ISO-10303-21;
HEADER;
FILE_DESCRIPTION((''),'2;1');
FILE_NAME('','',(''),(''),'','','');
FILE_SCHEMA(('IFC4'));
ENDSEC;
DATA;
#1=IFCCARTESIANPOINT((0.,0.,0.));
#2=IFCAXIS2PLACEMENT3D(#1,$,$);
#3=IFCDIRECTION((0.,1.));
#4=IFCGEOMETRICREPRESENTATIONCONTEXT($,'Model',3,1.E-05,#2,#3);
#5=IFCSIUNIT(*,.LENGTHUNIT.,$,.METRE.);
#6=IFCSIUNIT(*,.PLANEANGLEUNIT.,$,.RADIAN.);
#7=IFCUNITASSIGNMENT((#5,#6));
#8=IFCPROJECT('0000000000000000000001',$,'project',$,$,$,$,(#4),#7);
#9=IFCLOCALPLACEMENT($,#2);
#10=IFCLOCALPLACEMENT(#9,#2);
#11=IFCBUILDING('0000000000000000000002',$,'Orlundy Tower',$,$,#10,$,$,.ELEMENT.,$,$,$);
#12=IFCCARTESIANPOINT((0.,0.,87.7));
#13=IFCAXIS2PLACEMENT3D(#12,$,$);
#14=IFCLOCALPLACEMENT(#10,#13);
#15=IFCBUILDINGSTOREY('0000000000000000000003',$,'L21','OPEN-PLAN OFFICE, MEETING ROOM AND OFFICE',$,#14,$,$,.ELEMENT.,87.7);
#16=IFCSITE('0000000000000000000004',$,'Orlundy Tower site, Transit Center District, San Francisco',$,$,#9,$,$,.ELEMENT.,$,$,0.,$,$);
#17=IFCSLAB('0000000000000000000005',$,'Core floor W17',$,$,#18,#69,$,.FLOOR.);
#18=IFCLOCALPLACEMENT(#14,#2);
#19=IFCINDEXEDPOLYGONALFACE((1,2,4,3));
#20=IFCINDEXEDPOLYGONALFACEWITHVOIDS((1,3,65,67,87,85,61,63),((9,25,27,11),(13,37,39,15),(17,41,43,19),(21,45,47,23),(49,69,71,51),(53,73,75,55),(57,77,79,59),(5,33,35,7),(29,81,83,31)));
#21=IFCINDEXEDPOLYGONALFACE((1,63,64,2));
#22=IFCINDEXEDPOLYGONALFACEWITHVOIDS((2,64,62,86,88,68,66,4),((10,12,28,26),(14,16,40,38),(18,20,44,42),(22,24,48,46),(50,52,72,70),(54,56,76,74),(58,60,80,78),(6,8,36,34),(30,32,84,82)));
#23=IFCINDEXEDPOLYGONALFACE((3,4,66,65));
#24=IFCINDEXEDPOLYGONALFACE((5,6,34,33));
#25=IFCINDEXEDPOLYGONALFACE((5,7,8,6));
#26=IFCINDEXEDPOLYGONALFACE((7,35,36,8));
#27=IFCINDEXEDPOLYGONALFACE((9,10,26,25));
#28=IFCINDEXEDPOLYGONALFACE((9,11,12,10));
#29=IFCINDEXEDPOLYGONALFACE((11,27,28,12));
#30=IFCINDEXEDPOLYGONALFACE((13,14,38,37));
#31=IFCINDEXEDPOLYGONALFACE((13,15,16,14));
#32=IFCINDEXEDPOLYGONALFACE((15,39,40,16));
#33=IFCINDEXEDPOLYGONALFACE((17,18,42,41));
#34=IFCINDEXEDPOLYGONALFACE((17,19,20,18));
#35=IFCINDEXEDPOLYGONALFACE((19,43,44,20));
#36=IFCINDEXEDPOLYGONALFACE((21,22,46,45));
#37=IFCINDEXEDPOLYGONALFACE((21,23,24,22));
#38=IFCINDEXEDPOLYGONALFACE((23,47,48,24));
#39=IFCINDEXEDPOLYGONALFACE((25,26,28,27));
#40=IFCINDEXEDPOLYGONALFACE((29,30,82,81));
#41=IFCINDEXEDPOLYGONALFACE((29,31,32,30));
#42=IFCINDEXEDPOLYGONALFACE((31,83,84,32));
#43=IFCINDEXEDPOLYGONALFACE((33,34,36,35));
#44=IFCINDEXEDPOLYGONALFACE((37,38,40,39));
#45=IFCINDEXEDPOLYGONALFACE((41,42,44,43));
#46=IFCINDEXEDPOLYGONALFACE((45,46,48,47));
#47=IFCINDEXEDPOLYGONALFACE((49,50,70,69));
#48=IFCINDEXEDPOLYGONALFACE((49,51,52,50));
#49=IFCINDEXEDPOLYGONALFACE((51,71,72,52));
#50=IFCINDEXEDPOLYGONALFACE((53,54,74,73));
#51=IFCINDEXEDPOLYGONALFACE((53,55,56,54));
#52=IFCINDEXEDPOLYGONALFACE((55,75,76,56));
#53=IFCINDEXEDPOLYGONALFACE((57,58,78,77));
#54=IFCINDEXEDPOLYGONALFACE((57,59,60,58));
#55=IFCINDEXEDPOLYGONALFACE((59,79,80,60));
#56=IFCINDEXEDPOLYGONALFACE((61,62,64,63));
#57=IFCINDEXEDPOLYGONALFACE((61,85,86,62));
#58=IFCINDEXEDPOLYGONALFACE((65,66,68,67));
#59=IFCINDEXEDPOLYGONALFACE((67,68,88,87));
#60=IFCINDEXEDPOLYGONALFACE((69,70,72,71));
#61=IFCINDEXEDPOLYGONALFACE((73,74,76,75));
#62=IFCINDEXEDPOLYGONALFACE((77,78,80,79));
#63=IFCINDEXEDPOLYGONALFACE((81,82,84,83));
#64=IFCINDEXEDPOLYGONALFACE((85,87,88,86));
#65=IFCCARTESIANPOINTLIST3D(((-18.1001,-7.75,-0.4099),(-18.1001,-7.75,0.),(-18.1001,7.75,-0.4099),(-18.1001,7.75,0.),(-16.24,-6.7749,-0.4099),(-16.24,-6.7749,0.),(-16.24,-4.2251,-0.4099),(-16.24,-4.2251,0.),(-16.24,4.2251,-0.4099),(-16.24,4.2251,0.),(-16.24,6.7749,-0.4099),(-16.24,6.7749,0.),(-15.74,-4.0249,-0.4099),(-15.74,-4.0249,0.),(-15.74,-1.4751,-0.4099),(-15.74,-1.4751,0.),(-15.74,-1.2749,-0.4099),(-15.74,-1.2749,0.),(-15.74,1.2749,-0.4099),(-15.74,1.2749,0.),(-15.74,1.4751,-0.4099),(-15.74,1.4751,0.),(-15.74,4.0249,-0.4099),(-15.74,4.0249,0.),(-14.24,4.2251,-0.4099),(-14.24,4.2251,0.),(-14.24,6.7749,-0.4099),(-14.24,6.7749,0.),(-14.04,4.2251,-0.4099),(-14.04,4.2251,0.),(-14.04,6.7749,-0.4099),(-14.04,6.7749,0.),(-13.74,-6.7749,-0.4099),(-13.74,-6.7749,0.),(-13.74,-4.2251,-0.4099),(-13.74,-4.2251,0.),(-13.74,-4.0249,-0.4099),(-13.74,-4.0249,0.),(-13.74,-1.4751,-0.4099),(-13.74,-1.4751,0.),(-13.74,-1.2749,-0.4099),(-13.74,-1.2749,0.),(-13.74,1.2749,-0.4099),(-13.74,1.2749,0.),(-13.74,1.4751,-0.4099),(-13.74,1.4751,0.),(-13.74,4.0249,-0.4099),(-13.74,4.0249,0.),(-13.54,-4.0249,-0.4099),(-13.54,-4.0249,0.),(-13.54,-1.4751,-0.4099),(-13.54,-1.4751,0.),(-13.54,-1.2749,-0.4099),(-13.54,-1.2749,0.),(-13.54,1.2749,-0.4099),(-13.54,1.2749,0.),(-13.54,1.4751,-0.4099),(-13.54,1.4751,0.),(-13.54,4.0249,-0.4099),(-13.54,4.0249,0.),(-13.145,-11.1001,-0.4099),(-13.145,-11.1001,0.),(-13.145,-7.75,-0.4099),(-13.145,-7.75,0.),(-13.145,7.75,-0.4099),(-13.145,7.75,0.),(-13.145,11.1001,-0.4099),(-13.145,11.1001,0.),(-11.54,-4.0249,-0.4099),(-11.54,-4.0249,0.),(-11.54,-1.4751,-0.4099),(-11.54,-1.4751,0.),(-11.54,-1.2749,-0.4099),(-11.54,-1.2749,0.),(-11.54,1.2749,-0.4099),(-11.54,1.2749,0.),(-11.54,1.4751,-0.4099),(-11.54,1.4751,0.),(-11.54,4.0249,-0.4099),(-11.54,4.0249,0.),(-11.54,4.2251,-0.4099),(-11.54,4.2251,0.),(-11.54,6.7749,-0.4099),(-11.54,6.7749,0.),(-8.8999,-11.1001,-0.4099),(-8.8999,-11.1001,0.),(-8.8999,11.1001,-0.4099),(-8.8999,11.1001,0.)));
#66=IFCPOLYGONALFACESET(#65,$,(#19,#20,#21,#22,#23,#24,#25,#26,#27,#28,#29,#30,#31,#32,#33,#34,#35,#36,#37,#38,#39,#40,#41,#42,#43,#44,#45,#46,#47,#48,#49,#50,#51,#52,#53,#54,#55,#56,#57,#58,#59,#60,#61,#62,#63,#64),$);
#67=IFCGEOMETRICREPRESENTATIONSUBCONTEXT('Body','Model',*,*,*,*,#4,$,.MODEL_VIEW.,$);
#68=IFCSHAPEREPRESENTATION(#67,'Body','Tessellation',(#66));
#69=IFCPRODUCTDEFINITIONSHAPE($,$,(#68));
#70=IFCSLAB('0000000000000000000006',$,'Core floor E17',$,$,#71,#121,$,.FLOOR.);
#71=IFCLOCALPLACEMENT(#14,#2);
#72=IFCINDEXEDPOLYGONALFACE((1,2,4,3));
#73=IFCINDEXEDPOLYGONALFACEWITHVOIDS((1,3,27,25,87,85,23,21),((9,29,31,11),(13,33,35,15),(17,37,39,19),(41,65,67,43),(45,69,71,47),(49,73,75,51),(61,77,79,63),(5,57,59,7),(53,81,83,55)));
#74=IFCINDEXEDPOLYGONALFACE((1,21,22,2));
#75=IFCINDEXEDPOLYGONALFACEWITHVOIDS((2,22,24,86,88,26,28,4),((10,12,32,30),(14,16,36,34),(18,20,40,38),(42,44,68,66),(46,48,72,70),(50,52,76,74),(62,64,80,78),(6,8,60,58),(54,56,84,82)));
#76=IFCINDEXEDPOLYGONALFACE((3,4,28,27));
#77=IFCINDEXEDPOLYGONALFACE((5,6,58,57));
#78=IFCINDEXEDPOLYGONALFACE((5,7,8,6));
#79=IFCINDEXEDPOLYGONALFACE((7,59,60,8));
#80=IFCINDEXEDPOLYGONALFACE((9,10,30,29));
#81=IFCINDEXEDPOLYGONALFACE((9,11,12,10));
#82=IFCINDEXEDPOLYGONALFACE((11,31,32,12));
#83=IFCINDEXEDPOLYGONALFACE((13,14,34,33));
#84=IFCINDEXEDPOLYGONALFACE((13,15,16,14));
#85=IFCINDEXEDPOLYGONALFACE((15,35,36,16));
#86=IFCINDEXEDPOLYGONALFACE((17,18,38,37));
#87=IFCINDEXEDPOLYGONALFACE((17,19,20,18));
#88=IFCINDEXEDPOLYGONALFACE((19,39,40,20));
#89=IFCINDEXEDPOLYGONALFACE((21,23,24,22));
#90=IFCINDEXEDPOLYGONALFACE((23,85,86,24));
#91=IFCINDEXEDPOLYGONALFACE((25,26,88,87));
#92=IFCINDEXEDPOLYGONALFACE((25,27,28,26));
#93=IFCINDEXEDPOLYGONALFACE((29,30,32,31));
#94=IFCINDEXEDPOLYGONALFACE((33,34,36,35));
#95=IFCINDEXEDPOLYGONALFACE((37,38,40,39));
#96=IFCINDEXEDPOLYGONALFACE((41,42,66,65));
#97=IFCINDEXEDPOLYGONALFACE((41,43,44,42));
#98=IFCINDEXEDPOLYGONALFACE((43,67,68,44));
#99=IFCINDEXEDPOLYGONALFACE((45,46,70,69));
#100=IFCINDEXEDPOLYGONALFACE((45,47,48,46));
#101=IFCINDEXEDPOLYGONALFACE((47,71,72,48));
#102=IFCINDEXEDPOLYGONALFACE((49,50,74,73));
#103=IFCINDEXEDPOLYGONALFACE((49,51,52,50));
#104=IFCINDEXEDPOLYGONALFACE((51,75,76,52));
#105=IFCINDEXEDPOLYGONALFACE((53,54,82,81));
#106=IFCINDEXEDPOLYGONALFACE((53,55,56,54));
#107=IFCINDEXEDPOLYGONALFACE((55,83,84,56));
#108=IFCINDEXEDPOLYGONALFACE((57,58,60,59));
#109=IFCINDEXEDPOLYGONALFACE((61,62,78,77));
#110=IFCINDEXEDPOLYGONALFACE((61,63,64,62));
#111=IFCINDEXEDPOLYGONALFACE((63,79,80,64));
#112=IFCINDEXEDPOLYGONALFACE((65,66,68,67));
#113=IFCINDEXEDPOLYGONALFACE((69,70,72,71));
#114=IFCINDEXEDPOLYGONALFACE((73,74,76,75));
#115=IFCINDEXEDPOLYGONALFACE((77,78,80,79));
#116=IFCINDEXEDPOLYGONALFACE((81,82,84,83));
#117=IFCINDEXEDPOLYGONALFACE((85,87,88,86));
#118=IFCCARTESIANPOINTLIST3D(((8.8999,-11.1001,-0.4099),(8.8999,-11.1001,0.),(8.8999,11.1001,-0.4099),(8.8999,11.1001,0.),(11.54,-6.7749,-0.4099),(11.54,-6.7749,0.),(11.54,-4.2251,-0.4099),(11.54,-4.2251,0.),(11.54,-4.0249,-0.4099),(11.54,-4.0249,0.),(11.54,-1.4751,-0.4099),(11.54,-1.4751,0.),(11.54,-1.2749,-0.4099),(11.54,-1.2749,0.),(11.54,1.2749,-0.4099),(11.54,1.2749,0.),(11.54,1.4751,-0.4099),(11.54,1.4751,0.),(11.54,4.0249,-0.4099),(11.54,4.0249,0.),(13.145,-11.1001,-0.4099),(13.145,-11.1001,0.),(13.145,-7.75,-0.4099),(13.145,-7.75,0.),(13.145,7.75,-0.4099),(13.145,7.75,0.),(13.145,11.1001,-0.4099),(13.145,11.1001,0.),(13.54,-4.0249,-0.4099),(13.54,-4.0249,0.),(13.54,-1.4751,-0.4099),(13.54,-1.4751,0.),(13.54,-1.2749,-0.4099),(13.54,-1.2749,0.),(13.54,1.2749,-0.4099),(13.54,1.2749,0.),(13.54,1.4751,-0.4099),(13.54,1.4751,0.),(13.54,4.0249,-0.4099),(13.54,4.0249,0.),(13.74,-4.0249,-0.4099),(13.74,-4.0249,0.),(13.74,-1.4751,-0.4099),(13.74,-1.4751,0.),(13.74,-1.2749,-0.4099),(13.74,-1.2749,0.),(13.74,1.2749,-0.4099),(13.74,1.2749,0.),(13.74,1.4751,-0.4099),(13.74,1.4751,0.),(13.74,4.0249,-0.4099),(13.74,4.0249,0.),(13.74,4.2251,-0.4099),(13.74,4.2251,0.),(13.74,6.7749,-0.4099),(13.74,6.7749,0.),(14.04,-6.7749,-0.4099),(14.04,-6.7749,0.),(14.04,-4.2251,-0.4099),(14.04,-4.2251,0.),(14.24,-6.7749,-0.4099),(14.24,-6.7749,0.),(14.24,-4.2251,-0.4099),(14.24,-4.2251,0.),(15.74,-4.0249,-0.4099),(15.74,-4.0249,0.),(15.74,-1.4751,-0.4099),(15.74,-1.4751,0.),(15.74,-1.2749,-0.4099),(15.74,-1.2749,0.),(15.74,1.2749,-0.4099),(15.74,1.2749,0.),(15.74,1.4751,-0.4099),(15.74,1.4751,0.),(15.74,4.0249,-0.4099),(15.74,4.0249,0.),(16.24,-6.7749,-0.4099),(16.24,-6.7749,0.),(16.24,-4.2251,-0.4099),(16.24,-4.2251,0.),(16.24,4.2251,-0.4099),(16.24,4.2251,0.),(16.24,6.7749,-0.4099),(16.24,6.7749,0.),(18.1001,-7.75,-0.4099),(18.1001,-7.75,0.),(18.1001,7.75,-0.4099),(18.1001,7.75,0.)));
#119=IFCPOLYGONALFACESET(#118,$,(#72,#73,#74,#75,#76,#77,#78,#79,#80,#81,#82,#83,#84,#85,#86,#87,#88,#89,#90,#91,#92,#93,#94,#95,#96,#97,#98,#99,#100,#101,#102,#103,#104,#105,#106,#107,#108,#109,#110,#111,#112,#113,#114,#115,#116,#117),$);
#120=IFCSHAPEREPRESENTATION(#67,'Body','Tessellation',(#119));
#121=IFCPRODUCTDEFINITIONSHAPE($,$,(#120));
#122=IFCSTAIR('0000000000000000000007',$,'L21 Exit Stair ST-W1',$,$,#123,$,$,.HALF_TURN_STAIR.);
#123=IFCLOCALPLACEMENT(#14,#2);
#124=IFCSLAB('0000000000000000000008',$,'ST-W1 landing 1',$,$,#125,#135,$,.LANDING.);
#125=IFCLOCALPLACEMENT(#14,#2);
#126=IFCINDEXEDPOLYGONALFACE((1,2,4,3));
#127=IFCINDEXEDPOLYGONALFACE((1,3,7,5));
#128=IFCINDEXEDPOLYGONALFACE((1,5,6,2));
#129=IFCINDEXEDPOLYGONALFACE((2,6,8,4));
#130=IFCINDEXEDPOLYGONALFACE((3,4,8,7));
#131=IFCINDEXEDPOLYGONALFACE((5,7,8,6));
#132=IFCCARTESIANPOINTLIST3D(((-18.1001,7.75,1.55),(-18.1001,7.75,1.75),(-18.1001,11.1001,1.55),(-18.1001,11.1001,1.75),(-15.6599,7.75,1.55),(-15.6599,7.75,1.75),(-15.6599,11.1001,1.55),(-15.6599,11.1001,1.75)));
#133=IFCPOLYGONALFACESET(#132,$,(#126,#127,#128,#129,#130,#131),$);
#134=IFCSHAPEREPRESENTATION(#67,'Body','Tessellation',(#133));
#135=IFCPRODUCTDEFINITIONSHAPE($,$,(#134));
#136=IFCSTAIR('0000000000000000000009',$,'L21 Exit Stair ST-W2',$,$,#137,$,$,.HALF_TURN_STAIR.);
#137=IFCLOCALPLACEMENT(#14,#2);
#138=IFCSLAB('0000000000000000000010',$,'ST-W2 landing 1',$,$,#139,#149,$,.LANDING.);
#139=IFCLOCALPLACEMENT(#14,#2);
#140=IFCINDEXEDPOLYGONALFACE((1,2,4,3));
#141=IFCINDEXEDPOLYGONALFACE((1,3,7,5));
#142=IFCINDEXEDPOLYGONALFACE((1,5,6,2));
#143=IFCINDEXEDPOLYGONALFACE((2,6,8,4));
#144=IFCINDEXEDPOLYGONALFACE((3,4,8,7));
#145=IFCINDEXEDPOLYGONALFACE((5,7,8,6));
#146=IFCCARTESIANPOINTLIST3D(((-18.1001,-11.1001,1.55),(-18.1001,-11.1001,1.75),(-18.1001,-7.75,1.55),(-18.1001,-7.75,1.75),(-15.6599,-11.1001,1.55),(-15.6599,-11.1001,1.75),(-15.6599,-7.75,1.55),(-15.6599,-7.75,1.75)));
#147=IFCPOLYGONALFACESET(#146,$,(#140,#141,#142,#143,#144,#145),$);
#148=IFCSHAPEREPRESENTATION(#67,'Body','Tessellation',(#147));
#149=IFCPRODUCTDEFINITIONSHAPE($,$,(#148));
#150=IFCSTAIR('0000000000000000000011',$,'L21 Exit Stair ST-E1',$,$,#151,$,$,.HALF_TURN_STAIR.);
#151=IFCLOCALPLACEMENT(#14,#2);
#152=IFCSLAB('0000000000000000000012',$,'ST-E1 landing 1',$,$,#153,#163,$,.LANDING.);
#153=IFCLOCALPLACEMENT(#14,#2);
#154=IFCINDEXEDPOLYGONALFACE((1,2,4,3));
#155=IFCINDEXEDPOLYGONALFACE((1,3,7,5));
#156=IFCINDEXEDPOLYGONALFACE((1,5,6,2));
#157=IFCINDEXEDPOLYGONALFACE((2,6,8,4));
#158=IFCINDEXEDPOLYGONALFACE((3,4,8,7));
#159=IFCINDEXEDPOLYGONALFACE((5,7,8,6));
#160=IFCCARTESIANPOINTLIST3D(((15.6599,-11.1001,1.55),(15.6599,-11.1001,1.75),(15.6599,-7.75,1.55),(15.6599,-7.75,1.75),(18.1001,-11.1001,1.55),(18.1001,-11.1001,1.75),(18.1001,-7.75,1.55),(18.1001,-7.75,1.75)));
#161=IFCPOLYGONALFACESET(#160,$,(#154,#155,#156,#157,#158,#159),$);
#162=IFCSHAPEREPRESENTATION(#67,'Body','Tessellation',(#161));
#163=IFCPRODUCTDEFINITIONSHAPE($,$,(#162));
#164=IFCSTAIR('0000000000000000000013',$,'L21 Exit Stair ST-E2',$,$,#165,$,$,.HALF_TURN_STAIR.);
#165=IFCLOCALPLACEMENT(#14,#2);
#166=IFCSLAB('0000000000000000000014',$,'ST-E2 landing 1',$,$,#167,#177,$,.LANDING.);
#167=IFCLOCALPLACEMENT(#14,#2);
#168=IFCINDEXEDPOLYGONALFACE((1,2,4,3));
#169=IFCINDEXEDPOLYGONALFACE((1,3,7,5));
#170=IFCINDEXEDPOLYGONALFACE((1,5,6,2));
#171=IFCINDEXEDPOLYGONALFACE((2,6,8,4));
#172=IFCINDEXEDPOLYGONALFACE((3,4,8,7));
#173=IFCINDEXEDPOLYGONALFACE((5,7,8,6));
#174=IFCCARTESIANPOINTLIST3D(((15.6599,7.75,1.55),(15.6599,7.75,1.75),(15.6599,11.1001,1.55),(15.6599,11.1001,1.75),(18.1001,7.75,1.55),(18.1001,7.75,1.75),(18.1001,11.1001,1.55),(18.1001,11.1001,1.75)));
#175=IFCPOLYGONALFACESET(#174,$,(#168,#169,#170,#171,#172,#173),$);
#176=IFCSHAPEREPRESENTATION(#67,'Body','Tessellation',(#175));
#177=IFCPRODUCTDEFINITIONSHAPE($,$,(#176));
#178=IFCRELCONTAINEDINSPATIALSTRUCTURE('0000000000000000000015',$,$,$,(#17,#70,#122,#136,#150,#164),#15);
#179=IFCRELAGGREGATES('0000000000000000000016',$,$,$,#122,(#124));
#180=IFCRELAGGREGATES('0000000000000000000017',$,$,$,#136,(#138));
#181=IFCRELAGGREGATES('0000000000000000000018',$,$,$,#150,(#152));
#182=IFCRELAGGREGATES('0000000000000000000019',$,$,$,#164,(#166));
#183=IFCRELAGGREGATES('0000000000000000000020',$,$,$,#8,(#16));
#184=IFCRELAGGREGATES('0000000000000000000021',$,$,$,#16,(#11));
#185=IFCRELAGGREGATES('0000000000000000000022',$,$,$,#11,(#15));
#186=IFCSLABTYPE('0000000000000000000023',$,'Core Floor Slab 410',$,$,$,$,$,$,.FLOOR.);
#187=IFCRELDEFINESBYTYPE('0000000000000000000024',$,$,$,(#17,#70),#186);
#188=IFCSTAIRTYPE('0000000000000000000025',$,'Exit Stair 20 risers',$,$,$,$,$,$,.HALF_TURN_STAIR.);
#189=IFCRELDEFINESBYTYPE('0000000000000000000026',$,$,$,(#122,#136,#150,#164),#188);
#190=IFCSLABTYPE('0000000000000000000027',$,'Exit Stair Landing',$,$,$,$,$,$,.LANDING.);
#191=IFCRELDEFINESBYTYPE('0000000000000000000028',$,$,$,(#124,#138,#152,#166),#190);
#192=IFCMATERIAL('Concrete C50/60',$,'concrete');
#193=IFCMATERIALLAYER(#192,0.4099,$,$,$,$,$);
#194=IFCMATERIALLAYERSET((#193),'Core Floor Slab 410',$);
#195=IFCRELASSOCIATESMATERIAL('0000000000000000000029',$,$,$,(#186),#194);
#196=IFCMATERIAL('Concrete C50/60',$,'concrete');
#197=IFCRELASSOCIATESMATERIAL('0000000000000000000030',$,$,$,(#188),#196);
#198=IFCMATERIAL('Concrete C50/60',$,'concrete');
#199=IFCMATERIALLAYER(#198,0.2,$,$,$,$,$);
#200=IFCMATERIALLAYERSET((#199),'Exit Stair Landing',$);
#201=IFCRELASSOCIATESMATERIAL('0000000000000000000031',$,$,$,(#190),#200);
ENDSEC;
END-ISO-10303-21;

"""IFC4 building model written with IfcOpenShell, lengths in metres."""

from ifc_helpers import new_model, si_unit, direction, frame, origin, place, context, subcontext, project, spatial, polyline, outline, extrude, material, layer, layer_set, type_object, element, aggregate, save


model = new_model("IFC4")

# Units and contexts
model_context = context("Model", 3, precision=1e-05, world=origin(), true_north=direction((0.0, 1.0)))
body_context = subcontext(model_context, "Body", "Model", "MODEL_VIEW")
ifc_project = project(units=[si_unit("LENGTHUNIT", "METRE"), si_unit("PLANEANGLEUNIT", "RADIAN")], contexts=[model_context])

# Site, building, storey
site_placement = place(None, origin())
site = spatial("IfcSite", under=ifc_project, at=site_placement, Name="Orlundy Tower site, Transit Center District, San Francisco", CompositionType="ELEMENT", RefElevation=0.0)
building_placement = place(site_placement, origin())
building = spatial("IfcBuilding", under=site, at=building_placement, Name="Orlundy Tower", CompositionType="ELEMENT")
storey_placement = place(building_placement, frame((0.0, 0.0, 87.7)))
storey = spatial("IfcBuildingStorey", under=building, at=storey_placement, Name="L21", Description="OPEN-PLAN OFFICE, MEETING ROOM AND OFFICE", CompositionType="ELEMENT", Elevation=87.7)

# Slabs
ifc_material_1 = material(Name="Concrete C50/60", Category="concrete")
ifc_layer_1 = layer(ifc_material_1, 0.4099)
ifc_layer_set_1 = layer_set([ifc_layer_1], Name="Core Floor Slab 410")
slab_type_1 = type_object("IfcSlabType", Name="Core Floor Slab 410", PredefinedType="FLOOR", material=ifc_layer_set_1)
slab_1_placement = place(storey_placement, frame((0.0, 0.0, -0.4099)))
element("IfcSlab", 1, at=slab_1_placement, inside=storey, type_object=slab_type_1, Name="Core floor W17", PredefinedType="FLOOR", context=body_context, shape_type="SweptSolid", body=[
    extrude(outline(polyline([(-13.145, 7.75), (-13.145, 11.1001), (-8.8999, 11.1001), (-8.8999, -11.1001), (-13.145, -11.1001), (-13.145, -7.75), (-18.1001, -7.75), (-18.1001, 7.75), (-13.145, 7.75)]), holes=[polyline([(-16.24, -6.7749), (-13.74, -6.7749), (-13.74, -4.2251), (-16.24, -4.2251), (-16.24, -6.7749)]), polyline([(-13.54, -1.4751), (-13.54, -4.0249), (-11.54, -4.0249), (-11.54, -1.4751), (-13.54, -1.4751)]), polyline([(-13.74, -1.4751), (-15.74, -1.4751), (-15.74, -4.0249), (-13.74, -4.0249), (-13.74, -1.4751)]), polyline([(-11.54, -1.2749), (-11.54, 1.2749), (-13.54, 1.2749), (-13.54, -1.2749), (-11.54, -1.2749)]), polyline([(-15.74, -1.2749), (-13.74, -1.2749), (-13.74, 1.2749), (-15.74, 1.2749), (-15.74, -1.2749)]), polyline([(-13.54, 4.0249), (-13.54, 1.4751), (-11.54, 1.4751), (-11.54, 4.0249), (-13.54, 4.0249)]), polyline([(-13.74, 4.0249), (-15.74, 4.0249), (-15.74, 1.4751), (-13.74, 1.4751), (-13.74, 4.0249)]), polyline([(-11.54, 4.2251), (-11.54, 6.7749), (-14.04, 6.7749), (-14.04, 4.2251), (-11.54, 4.2251)]), polyline([(-16.24, 4.2251), (-14.24, 4.2251), (-14.24, 6.7749), (-16.24, 6.7749), (-16.24, 4.2251)])]), origin(), (0.0, 0.0, 1.0), 0.4099),
])
slab_2_placement = place(storey_placement, frame((0.0, 0.0, -0.4099)))
element("IfcSlab", 2, at=slab_2_placement, inside=storey, type_object=slab_type_1, Name="Core floor E17", PredefinedType="FLOOR", context=body_context, shape_type="SweptSolid", body=[
    extrude(outline(polyline([(13.145, -7.75), (13.145, -11.1001), (8.8999, -11.1001), (8.8999, 11.1001), (13.145, 11.1001), (13.145, 7.75), (18.1001, 7.75), (18.1001, -7.75), (13.145, -7.75)]), holes=[polyline([(16.24, 6.7749), (13.74, 6.7749), (13.74, 4.2251), (16.24, 4.2251), (16.24, 6.7749)]), polyline([(13.54, 1.4751), (13.54, 4.0249), (11.54, 4.0249), (11.54, 1.4751), (13.54, 1.4751)]), polyline([(13.74, 1.4751), (15.74, 1.4751), (15.74, 4.0249), (13.74, 4.0249), (13.74, 1.4751)]), polyline([(11.54, 1.2749), (11.54, -1.2749), (13.54, -1.2749), (13.54, 1.2749), (11.54, 1.2749)]), polyline([(15.74, 1.2749), (13.74, 1.2749), (13.74, -1.2749), (15.74, -1.2749), (15.74, 1.2749)]), polyline([(13.54, -4.0249), (13.54, -1.4751), (11.54, -1.4751), (11.54, -4.0249), (13.54, -4.0249)]), polyline([(13.74, -4.0249), (15.74, -4.0249), (15.74, -1.4751), (13.74, -1.4751), (13.74, -4.0249)]), polyline([(11.54, -4.2251), (11.54, -6.7749), (14.04, -6.7749), (14.04, -4.2251), (11.54, -4.2251)]), polyline([(16.24, -4.2251), (14.24, -4.2251), (14.24, -6.7749), (16.24, -6.7749), (16.24, -4.2251)])]), origin(), (0.0, 0.0, 1.0), 0.4099),
])

# Stairs, slabs
ifc_material_2 = material(Name="Concrete C50/60", Category="concrete")
stair_type = type_object("IfcStairType", Name="Exit Stair 20 risers", PredefinedType="HALF_TURN_STAIR", material=ifc_material_2)
stair_1_placement = place(storey_placement, origin())
stair_1 = element("IfcStair", 3, at=stair_1_placement, inside=storey, type_object=stair_type, Name="L21 Exit Stair ST-W1", PredefinedType="HALF_TURN_STAIR")
ifc_material_3 = material(Name="Concrete C50/60", Category="concrete")
ifc_layer_2 = layer(ifc_material_3, 0.2)
ifc_layer_set_2 = layer_set([ifc_layer_2], Name="Exit Stair Landing")
slab_type_2 = type_object("IfcSlabType", Name="Exit Stair Landing", PredefinedType="LANDING", material=ifc_layer_set_2)
slab_3_placement = place(storey_placement, frame((0.0, 0.0, 1.55)))
slab_3 = element("IfcSlab", 4, at=slab_3_placement, type_object=slab_type_2, Name="ST-W1 landing 1", PredefinedType="LANDING", context=body_context, shape_type="SweptSolid", body=[
    extrude(outline(polyline([(-15.6599, 11.1001), (-18.1001, 11.1001), (-18.1001, 7.75), (-15.6599, 7.75), (-15.6599, 11.1001)])), origin(), (0.0, 0.0, 1.0), 0.2),
])
aggregate(stair_1, [slab_3])
stair_2_placement = place(storey_placement, origin())
stair_2 = element("IfcStair", 5, at=stair_2_placement, inside=storey, type_object=stair_type, Name="L21 Exit Stair ST-W2", PredefinedType="HALF_TURN_STAIR")
slab_4_placement = place(storey_placement, frame((0.0, 0.0, 1.55)))
slab_4 = element("IfcSlab", 6, at=slab_4_placement, type_object=slab_type_2, Name="ST-W2 landing 1", PredefinedType="LANDING", context=body_context, shape_type="SweptSolid", body=[
    extrude(outline(polyline([(-15.6599, -7.75), (-18.1001, -7.75), (-18.1001, -11.1001), (-15.6599, -11.1001), (-15.6599, -7.75)])), origin(), (0.0, 0.0, 1.0), 0.2),
])
aggregate(stair_2, [slab_4])
stair_3_placement = place(storey_placement, origin())
stair_3 = element("IfcStair", 7, at=stair_3_placement, inside=storey, type_object=stair_type, Name="L21 Exit Stair ST-E1", PredefinedType="HALF_TURN_STAIR")
slab_5_placement = place(storey_placement, frame((0.0, 0.0, 1.55)))
slab_5 = element("IfcSlab", 8, at=slab_5_placement, type_object=slab_type_2, Name="ST-E1 landing 1", PredefinedType="LANDING", context=body_context, shape_type="SweptSolid", body=[
    extrude(outline(polyline([(15.6599, -11.1001), (18.1001, -11.1001), (18.1001, -7.75), (15.6599, -7.75), (15.6599, -11.1001)])), origin(), (0.0, 0.0, 1.0), 0.2),
])
aggregate(stair_3, [slab_5])
stair_4_placement = place(storey_placement, origin())
stair_4 = element("IfcStair", 9, at=stair_4_placement, inside=storey, type_object=stair_type, Name="L21 Exit Stair ST-E2", PredefinedType="HALF_TURN_STAIR")
slab_6_placement = place(storey_placement, frame((0.0, 0.0, 1.55)))
slab_6 = element("IfcSlab", 10, at=slab_6_placement, type_object=slab_type_2, Name="ST-E2 landing 1", PredefinedType="LANDING", context=body_context, shape_type="SweptSolid", body=[
    extrude(outline(polyline([(15.6599, 7.75), (18.1001, 7.75), (18.1001, 11.1001), (15.6599, 11.1001), (15.6599, 7.75)])), origin(), (0.0, 0.0, 1.0), 0.2),
])
aggregate(stair_4, [slab_6])

save(model, "model.ifc")
